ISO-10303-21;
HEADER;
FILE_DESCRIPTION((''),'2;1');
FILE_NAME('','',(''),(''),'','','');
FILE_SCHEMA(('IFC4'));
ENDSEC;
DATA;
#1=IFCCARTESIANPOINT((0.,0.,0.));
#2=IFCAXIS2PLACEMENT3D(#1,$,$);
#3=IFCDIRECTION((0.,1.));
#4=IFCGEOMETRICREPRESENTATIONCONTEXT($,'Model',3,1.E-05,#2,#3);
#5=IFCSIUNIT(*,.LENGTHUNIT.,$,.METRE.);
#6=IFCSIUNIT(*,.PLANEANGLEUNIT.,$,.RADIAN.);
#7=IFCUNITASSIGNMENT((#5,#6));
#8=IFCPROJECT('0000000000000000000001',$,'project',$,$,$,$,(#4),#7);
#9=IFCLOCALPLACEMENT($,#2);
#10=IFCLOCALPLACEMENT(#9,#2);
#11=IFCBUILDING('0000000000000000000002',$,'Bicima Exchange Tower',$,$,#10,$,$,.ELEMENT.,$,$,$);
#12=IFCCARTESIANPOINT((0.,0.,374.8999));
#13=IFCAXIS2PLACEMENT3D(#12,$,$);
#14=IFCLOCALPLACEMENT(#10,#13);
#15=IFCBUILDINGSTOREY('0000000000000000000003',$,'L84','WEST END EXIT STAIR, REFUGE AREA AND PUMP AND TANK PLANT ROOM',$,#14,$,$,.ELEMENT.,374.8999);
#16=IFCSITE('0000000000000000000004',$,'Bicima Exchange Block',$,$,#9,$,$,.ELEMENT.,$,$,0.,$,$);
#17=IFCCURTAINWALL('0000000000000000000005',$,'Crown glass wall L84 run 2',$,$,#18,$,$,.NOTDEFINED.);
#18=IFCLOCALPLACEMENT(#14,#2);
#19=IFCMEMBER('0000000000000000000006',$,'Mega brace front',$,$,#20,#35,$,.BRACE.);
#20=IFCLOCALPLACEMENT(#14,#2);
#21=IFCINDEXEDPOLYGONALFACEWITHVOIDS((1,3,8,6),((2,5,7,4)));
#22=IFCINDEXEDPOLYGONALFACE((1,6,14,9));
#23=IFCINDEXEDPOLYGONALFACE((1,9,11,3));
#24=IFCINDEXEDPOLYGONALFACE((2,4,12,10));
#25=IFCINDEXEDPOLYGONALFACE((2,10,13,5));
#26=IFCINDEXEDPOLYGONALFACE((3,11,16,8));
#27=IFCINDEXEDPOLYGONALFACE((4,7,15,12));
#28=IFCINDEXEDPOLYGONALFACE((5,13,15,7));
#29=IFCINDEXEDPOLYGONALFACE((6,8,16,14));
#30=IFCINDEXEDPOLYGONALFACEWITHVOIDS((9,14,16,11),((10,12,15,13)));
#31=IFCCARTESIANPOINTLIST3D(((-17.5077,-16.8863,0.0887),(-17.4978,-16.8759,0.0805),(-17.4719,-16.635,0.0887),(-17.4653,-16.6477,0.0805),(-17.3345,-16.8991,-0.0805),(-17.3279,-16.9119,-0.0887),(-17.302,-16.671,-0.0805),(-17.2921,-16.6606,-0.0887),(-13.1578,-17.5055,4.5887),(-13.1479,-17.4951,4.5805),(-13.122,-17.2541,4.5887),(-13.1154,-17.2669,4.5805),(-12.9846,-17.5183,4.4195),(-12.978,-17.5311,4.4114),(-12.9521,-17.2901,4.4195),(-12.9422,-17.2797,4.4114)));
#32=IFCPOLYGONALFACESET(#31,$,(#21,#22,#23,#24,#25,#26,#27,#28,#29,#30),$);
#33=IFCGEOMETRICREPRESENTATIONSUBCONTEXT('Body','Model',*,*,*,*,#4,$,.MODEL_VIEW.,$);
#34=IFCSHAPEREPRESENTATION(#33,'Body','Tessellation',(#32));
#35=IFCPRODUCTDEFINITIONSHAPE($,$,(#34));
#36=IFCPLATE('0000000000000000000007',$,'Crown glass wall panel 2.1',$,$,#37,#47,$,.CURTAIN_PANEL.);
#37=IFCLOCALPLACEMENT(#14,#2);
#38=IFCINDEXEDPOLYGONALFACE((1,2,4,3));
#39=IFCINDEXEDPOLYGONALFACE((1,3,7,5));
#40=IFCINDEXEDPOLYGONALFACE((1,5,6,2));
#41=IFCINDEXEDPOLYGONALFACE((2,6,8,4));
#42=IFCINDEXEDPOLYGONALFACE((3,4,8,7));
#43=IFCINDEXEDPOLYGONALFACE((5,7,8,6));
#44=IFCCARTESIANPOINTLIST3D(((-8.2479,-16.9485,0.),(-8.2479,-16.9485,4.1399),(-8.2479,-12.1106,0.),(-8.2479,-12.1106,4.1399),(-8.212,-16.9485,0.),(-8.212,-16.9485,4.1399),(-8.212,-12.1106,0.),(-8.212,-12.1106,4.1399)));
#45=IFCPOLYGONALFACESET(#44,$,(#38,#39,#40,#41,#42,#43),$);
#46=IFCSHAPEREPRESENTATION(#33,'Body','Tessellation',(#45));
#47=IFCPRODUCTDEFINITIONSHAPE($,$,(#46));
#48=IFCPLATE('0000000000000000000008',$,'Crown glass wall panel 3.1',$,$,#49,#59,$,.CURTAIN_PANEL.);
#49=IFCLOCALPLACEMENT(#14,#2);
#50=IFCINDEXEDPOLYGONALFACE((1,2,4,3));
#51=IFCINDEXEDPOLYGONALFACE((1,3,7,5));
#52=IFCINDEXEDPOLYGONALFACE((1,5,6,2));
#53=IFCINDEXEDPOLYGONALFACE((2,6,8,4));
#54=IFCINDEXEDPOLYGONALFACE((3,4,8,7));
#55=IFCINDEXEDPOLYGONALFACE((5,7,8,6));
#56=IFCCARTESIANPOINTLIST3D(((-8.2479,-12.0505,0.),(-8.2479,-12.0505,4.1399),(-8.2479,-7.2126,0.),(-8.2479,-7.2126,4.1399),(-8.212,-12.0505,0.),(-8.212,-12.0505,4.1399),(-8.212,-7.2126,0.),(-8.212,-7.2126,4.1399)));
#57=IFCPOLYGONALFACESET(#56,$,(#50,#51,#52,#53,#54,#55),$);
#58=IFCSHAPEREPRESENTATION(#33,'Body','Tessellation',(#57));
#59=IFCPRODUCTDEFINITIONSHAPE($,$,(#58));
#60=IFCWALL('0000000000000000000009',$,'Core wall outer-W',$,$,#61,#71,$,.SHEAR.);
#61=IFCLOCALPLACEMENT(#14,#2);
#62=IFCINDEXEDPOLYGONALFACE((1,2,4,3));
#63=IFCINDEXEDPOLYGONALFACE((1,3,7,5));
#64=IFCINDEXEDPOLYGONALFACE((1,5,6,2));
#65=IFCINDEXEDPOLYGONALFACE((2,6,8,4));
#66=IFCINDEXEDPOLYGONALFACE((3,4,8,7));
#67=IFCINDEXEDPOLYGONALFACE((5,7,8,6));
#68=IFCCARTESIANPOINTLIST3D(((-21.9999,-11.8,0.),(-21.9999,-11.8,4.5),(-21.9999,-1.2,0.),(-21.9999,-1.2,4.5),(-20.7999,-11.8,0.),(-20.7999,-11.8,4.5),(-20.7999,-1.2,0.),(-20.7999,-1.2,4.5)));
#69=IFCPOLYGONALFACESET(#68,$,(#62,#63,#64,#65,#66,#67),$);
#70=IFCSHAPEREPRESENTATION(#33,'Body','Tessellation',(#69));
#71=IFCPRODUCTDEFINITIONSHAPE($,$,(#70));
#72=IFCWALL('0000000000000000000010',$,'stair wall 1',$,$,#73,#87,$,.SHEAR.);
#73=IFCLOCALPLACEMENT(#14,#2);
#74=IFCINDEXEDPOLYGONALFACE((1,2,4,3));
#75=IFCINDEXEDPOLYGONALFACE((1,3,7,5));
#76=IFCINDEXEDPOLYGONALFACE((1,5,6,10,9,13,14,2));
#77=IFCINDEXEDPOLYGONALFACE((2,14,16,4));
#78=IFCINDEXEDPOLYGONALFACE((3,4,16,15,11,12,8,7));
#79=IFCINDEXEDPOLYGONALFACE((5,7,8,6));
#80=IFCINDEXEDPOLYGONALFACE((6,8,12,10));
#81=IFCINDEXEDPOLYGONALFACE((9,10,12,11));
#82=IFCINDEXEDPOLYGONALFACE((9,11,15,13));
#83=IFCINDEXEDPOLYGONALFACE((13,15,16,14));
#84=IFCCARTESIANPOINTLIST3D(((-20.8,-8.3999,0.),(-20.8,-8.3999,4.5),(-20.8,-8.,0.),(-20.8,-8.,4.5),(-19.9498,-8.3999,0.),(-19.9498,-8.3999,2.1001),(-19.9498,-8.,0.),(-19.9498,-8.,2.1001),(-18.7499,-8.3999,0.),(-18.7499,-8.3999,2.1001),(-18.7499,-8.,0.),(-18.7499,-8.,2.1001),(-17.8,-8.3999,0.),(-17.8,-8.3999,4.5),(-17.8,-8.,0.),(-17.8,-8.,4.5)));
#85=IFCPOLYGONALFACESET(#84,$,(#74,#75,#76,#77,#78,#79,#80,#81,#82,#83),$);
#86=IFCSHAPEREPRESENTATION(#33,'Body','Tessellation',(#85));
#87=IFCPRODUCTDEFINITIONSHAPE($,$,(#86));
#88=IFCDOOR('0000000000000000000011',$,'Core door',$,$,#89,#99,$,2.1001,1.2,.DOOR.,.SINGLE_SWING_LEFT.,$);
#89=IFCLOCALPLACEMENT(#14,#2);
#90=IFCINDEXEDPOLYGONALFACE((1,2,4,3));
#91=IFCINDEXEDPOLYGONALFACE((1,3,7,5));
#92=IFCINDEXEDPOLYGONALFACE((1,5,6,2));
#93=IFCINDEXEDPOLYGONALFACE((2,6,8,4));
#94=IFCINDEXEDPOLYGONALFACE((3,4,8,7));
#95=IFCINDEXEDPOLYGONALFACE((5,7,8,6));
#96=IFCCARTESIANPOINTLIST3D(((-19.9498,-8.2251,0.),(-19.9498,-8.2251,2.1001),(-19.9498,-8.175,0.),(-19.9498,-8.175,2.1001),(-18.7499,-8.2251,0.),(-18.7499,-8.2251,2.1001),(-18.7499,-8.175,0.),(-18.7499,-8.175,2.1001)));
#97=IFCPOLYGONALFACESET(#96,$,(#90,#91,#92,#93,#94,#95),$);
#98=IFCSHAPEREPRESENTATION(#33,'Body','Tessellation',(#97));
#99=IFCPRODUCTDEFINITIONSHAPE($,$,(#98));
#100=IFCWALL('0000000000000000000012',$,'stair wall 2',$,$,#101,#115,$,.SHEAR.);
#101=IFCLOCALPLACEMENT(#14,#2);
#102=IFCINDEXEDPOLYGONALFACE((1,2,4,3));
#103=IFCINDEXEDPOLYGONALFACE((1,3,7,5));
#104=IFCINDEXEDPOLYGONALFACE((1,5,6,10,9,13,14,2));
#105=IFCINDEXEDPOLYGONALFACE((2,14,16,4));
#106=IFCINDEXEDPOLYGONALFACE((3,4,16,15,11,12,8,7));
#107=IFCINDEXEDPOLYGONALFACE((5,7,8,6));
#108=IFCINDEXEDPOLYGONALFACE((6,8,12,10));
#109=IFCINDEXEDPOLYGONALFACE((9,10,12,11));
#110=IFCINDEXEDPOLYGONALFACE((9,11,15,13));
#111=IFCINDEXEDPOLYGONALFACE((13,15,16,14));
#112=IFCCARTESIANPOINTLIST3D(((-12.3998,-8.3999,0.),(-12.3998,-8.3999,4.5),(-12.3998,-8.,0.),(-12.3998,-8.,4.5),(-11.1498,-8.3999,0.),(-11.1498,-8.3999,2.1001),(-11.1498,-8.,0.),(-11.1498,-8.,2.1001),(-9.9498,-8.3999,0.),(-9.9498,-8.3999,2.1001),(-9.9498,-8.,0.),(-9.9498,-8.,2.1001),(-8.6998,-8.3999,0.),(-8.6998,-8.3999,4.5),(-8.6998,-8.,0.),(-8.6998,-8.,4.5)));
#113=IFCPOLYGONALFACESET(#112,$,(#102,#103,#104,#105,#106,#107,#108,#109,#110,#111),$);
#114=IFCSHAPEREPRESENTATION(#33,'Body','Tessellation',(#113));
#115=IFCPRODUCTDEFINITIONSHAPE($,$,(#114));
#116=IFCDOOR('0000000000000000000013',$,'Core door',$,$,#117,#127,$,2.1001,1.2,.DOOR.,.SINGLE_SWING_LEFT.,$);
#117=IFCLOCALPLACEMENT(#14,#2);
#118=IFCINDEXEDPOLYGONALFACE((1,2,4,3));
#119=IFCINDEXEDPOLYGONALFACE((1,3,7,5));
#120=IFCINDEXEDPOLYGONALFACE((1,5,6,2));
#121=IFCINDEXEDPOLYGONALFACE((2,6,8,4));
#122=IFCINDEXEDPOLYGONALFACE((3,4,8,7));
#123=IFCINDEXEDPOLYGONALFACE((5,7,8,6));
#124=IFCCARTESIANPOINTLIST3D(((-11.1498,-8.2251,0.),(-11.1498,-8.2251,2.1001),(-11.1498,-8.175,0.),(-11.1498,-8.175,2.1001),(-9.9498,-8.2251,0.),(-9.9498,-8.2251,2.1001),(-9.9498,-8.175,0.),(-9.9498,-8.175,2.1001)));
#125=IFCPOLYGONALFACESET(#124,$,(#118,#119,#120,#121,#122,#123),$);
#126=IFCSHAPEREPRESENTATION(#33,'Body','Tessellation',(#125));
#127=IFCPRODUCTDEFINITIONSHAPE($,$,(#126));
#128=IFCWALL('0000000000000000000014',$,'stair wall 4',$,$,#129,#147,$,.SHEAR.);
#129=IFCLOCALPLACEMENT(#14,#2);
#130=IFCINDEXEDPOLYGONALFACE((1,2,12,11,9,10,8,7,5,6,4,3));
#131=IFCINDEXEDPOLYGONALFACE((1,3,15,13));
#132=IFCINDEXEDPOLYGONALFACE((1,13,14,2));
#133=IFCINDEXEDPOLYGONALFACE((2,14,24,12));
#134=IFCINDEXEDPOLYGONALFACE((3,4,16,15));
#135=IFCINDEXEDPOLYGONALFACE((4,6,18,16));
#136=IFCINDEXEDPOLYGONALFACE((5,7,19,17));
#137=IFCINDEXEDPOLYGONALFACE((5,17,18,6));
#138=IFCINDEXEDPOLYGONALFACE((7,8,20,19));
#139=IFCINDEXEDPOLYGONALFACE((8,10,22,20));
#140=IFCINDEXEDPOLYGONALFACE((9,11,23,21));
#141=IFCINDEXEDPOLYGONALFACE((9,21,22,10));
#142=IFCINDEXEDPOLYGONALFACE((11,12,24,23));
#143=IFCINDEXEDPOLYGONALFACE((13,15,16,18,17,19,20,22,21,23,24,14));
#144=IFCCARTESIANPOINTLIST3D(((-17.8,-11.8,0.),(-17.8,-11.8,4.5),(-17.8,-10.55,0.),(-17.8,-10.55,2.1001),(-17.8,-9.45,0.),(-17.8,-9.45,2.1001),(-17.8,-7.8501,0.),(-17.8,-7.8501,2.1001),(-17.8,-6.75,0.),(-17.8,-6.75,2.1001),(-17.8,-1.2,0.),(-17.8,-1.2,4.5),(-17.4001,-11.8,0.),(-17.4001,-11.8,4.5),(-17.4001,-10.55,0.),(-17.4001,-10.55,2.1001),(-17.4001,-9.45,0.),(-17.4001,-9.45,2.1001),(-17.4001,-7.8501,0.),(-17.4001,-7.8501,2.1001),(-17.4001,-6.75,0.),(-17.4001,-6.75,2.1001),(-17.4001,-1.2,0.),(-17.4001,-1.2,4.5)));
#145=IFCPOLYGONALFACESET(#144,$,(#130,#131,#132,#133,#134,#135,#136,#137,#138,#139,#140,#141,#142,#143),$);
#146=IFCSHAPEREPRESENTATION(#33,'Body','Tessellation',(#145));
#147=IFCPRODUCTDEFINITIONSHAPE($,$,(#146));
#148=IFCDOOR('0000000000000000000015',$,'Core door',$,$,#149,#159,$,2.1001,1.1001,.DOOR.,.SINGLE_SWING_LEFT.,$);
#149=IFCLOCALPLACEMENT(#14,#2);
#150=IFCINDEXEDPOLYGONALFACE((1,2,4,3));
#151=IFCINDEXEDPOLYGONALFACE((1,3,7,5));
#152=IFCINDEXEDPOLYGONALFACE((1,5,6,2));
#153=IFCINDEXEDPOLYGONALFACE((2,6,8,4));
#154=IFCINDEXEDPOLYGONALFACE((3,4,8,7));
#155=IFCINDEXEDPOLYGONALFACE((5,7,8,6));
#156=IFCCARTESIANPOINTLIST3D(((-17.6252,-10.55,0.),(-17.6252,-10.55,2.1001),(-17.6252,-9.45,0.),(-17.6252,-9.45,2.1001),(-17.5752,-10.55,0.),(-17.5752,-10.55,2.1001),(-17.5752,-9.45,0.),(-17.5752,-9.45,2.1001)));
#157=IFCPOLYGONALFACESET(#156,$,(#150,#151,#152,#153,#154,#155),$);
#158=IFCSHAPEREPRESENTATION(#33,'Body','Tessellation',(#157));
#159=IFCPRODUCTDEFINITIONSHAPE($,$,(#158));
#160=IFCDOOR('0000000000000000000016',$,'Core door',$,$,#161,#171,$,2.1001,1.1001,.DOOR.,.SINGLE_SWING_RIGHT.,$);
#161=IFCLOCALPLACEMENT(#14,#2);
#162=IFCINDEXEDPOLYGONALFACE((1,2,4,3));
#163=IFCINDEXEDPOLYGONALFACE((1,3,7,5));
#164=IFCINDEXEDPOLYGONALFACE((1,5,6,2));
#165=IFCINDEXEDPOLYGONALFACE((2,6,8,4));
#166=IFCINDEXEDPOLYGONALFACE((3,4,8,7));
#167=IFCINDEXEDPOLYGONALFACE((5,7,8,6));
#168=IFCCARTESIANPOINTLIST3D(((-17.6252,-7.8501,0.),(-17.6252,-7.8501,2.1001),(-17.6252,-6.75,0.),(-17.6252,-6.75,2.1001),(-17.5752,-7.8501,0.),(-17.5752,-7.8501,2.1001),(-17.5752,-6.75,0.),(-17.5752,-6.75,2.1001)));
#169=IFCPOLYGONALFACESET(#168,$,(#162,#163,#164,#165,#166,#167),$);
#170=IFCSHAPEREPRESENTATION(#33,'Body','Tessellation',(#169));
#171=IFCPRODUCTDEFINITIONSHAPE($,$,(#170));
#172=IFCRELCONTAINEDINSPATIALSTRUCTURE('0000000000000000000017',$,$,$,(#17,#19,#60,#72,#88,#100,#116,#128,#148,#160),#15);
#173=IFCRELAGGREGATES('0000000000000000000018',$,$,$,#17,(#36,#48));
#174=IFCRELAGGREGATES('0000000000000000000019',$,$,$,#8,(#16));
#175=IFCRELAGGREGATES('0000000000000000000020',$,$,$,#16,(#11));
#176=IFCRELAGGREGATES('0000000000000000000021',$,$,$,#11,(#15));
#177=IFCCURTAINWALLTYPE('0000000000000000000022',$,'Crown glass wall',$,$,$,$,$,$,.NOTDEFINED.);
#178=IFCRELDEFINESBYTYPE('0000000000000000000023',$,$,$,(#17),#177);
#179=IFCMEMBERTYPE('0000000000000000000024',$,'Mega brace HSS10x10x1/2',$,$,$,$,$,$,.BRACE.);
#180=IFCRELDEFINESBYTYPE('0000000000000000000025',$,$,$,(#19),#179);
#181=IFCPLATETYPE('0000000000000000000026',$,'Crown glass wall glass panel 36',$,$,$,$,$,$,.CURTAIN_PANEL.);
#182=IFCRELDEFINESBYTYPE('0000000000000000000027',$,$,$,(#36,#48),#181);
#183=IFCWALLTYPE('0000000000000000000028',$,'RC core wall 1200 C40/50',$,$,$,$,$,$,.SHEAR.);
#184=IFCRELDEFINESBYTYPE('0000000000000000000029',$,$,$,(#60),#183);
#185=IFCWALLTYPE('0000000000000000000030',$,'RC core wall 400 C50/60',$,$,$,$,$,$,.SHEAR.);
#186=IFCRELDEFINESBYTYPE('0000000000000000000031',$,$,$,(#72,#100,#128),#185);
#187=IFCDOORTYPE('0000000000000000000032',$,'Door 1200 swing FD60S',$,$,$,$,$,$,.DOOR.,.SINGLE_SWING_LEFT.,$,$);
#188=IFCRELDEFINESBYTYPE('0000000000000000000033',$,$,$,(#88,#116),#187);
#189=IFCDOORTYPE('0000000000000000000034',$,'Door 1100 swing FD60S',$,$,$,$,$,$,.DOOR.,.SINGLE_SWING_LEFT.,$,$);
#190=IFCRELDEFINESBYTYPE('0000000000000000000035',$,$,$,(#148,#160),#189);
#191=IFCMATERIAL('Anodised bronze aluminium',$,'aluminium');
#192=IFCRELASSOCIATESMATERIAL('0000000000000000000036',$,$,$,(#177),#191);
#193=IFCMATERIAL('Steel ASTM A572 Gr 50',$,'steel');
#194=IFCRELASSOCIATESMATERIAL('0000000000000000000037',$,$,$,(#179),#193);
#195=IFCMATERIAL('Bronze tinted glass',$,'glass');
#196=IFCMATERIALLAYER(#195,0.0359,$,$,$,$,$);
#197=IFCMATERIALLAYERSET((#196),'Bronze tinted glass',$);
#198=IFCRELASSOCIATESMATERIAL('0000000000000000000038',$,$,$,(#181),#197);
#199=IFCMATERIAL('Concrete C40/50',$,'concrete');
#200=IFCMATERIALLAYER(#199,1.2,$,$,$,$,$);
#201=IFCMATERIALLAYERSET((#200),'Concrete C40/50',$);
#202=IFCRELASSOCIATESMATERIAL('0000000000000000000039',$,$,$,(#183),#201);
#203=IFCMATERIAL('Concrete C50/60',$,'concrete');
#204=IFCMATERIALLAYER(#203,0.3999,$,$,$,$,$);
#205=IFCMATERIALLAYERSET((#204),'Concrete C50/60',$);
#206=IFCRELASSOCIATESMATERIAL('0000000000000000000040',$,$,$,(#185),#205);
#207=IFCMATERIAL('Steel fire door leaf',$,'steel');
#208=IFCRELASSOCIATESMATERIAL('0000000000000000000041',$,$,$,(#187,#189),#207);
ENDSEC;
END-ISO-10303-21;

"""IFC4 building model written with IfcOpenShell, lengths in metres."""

from ifc_helpers import new_model, si_unit, direction, frame, frame_2d, origin, origin_2d, place, context, subcontext, project, spatial, rectangle, hollow_rectangle, extrude, material, layer, layer_set, material_profile, profile_set, type_object, element, fill, aggregate, save


model = new_model("IFC4")

# Units and contexts
model_context = context("Model", 3, precision=1e-05, world=origin(), true_north=direction((0.0, 1.0)))
body_context = subcontext(model_context, "Body", "Model", "MODEL_VIEW")
ifc_project = project(units=[si_unit("LENGTHUNIT", "METRE"), si_unit("PLANEANGLEUNIT", "RADIAN")], contexts=[model_context])

# Site, building, storey
site_placement = place(None, origin())
site = spatial("IfcSite", under=ifc_project, at=site_placement, Name="Bicima Exchange Block", CompositionType="ELEMENT", RefElevation=0.0)
building_placement = place(site_placement, origin())
building = spatial("IfcBuilding", under=site, at=building_placement, Name="Bicima Exchange Tower", CompositionType="ELEMENT")
storey_placement = place(building_placement, frame((0.0, 0.0, 374.8999)))
storey = spatial("IfcBuildingStorey", under=building, at=storey_placement, Name="L84", Description="WEST END EXIT STAIR, REFUGE AREA AND PUMP AND TANK PLANT ROOM", CompositionType="ELEMENT", Elevation=374.8999)

# Curtain wall
ifc_material_1 = material(Name="Anodised bronze aluminium", Category="aluminium")
curtain_wall_type = type_object("IfcCurtainWallType", Name="Crown glass wall", PredefinedType="NOTDEFINED", material=ifc_material_1)
curtain_wall_placement = place(storey_placement, origin())
curtain_wall = element("IfcCurtainWall", 1, at=curtain_wall_placement, inside=storey, type_object=curtain_wall_type, Name="Crown glass wall L84 run 2", PredefinedType="NOTDEFINED")

# Member
ifc_material_2 = material(Name="Steel ASTM A572 Gr 50", Category="steel")
ifc_material_profile_1 = material_profile(ifc_material_2, hollow_rectangle(XDim=0.2539, YDim=0.2539, WallThickness=0.0117, at=origin_2d()))
ifc_profile_set_1 = profile_set([ifc_material_profile_1], Name="Steel ASTM A572 Gr 50")
member_type_1 = type_object("IfcMemberType", Name="Mega brace HSS10x10x1/2", PredefinedType="BRACE", material=ifc_profile_set_1)
member_1_placement = place(storey_placement, frame((-17.3999, -16.7734, 0.0), z_axis=(0.691634, -0.098444, 0.715508), x_axis=(0.140916, 0.990022, 0.0)))
element("IfcMember", 2, at=member_1_placement, inside=storey, type_object=member_type_1, Name="Mega brace front", PredefinedType="BRACE", context=body_context, shape_type="SweptSolid", body=[
    extrude(hollow_rectangle(XDim=0.2539, YDim=0.2539, WallThickness=0.0117, at=origin_2d()), origin(), (0.0, 0.0, 1.0), 6.2893),
])

# Plates
ifc_material_3 = material(Name="Bronze tinted glass", Category="glass")
ifc_layer_1 = layer(ifc_material_3, 0.0359)
ifc_layer_set_1 = layer_set([ifc_layer_1], Name="Bronze tinted glass")
plate_type = type_object("IfcPlateType", Name="Crown glass wall glass panel 36", PredefinedType="CURTAIN_PANEL", material=ifc_layer_set_1)
plate_1_placement = place(storey_placement, frame((-8.23, -14.5295, 0.0), z_axis=(0.0, 0.0, 1.0), x_axis=(0.0, 1.0, 0.0)))
plate_1 = element("IfcPlate", 3, at=plate_1_placement, type_object=plate_type, Name="Crown glass wall panel 2.1", PredefinedType="CURTAIN_PANEL", context=body_context, shape_type="SweptSolid", body=[
    extrude(rectangle(XDim=4.8379, YDim=0.0359, at=origin_2d()), origin(), (0.0, 0.0, 1.0), 4.1399),
])
plate_2_placement = place(storey_placement, frame((-8.23, -9.6316, 0.0), z_axis=(0.0, 0.0, 1.0), x_axis=(0.0, 1.0, 0.0)))
plate_2 = element("IfcPlate", 4, at=plate_2_placement, type_object=plate_type, Name="Crown glass wall panel 3.1", PredefinedType="CURTAIN_PANEL", context=body_context, shape_type="SweptSolid", body=[
    extrude(rectangle(XDim=4.8379, YDim=0.0359, at=origin_2d()), origin(), (0.0, 0.0, 1.0), 4.1399),
])
aggregate(curtain_wall, [plate_1, plate_2])

# Wall
ifc_material_4 = material(Name="Concrete C40/50", Category="concrete")
ifc_layer_2 = layer(ifc_material_4, 1.2)
ifc_layer_set_2 = layer_set([ifc_layer_2], Name="Concrete C40/50")
wall_type_1 = type_object("IfcWallType", Name="RC core wall 1200 C40/50", PredefinedType="SHEAR", material=ifc_layer_set_2)
wall_1_placement = place(storey_placement, frame((-21.3999, -11.8, 0.0), z_axis=(0.0, 0.0, 1.0), x_axis=(0.0, 1.0, 0.0)))
element("IfcWall", 5, at=wall_1_placement, inside=storey, type_object=wall_type_1, Name="Core wall outer-W", PredefinedType="SHEAR", context=body_context, shape_type="SweptSolid", body=[
    extrude(rectangle(XDim=10.6001, YDim=1.2, at=frame_2d((5.3, 0.0))), origin(), (0.0, 0.0, 1.0), 4.5),
])

# Walls, openings, doors
ifc_material_5 = material(Name="Concrete C50/60", Category="concrete")
ifc_layer_3 = layer(ifc_material_5, 0.3999)
ifc_layer_set_3 = layer_set([ifc_layer_3], Name="Concrete C50/60")
wall_type_2 = type_object("IfcWallType", Name="RC core wall 400 C50/60", PredefinedType="SHEAR", material=ifc_layer_set_3)
wall_2_placement = place(storey_placement, frame((-20.8, -8.2, 0.0), z_axis=(0.0, 0.0, 1.0), x_axis=(1.0, 0.0, 0.0)))
wall_2 = element("IfcWall", 6, at=wall_2_placement, inside=storey, type_object=wall_type_2, Name="stair wall 1", PredefinedType="SHEAR", context=body_context, shape_type="SweptSolid", body=[
    extrude(rectangle(XDim=3.0, YDim=0.3999, at=frame_2d((1.5, 0.0))), origin(), (0.0, 0.0, 1.0), 4.5),
])
opening_1_placement = place(wall_2_placement, frame((0.8501, 0.0, 0.0)))
opening_1 = element("IfcOpeningElement", 7, at=opening_1_placement, cuts=wall_2, PredefinedType="OPENING", context=body_context, shape_type="SweptSolid", body=[
    extrude(rectangle(XDim=1.2, YDim=2.1001, at=frame_2d((0.6001, 1.05))), frame((0.0, 0.2119, 0.0), z_axis=(0.0, -1.0, 0.0), x_axis=(1.0, 0.0, 0.0)), (0.0, 0.0, 1.0), 0.4238),
])
ifc_material_6 = material(Name="Steel fire door leaf", Category="steel")
door_type_1 = type_object("IfcDoorType", Name="Door 1200 swing FD60S", OperationType="SINGLE_SWING_LEFT", PredefinedType="DOOR", material=ifc_material_6)
door_1_placement = place(opening_1_placement, origin())
door_1 = element("IfcDoor", 8, at=door_1_placement, inside=storey, type_object=door_type_1, Name="Core door", OperationType="SINGLE_SWING_LEFT", OverallHeight=2.1001, OverallWidth=1.2, PredefinedType="DOOR", context=body_context, shape_type="SweptSolid", body=[
    extrude(rectangle(XDim=1.2, YDim=2.1001, at=frame_2d((0.6001, 1.05))), frame((0.0, 0.0249, 0.0), z_axis=(0.0, -1.0, 0.0), x_axis=(1.0, 0.0, 0.0)), (0.0, 0.0, 1.0), 0.05),
])
fill(opening_1, door_1)
wall_3_placement = place(storey_placement, frame((-12.3999, -8.2, 0.0), z_axis=(0.0, 0.0, 1.0), x_axis=(1.0, 0.0, 0.0)))
wall_3 = element("IfcWall", 9, at=wall_3_placement, inside=storey, type_object=wall_type_2, Name="stair wall 2", PredefinedType="SHEAR", context=body_context, shape_type="SweptSolid", body=[
    extrude(rectangle(XDim=3.7, YDim=0.3999, at=frame_2d((1.8501, 0.0))), origin(), (0.0, 0.0, 1.0), 4.5),
])
opening_2_placement = place(wall_3_placement, frame((1.25, 0.0, 0.0)))
opening_2 = element("IfcOpeningElement", 10, at=opening_2_placement, cuts=wall_3, PredefinedType="OPENING", context=body_context, shape_type="SweptSolid", body=[
    extrude(rectangle(XDim=1.2, YDim=2.1001, at=frame_2d((0.6001, 1.05))), frame((0.0, 0.2119, 0.0), z_axis=(0.0, -1.0, 0.0), x_axis=(1.0, 0.0, 0.0)), (0.0, 0.0, 1.0), 0.4238),
])
door_2_placement = place(opening_2_placement, origin())
door_2 = element("IfcDoor", 11, at=door_2_placement, inside=storey, type_object=door_type_1, Name="Core door", OperationType="SINGLE_SWING_LEFT", OverallHeight=2.1001, OverallWidth=1.2, PredefinedType="DOOR", context=body_context, shape_type="SweptSolid", body=[
    extrude(rectangle(XDim=1.2, YDim=2.1001, at=frame_2d((0.6001, 1.05))), frame((0.0, 0.0249, 0.0), z_axis=(0.0, -1.0, 0.0), x_axis=(1.0, 0.0, 0.0)), (0.0, 0.0, 1.0), 0.05),
])
fill(opening_2, door_2)

# Wall, openings, doors
wall_4_placement = place(storey_placement, frame((-17.6001, -11.8, 0.0), z_axis=(0.0, 0.0, 1.0), x_axis=(0.0, 1.0, 0.0)))
wall_4 = element("IfcWall", 12, at=wall_4_placement, inside=storey, type_object=wall_type_2, Name="stair wall 4", PredefinedType="SHEAR", context=body_context, shape_type="SweptSolid", body=[
    extrude(rectangle(XDim=10.6001, YDim=0.3999, at=frame_2d((5.3, 0.0))), origin(), (0.0, 0.0, 1.0), 4.5),
])
opening_3_placement = place(wall_4_placement, frame((1.25, 0.0, 0.0)))
opening_3 = element("IfcOpeningElement", 13, at=opening_3_placement, cuts=wall_4, PredefinedType="OPENING", context=body_context, shape_type="SweptSolid", body=[
    extrude(rectangle(XDim=1.1001, YDim=2.1001, at=frame_2d((0.55, 1.05))), frame((0.0, 0.2119, 0.0), z_axis=(0.0, -1.0, 0.0), x_axis=(1.0, 0.0, 0.0)), (0.0, 0.0, 1.0), 0.4238),
])
opening_4_placement = place(wall_4_placement, frame((3.95, 0.0, 0.0)))
opening_4 = element("IfcOpeningElement", 14, at=opening_4_placement, cuts=wall_4, PredefinedType="OPENING", context=body_context, shape_type="SweptSolid", body=[
    extrude(rectangle(XDim=1.1001, YDim=2.1001, at=frame_2d((0.55, 1.05))), frame((0.0, 0.2119, 0.0), z_axis=(0.0, -1.0, 0.0), x_axis=(1.0, 0.0, 0.0)), (0.0, 0.0, 1.0), 0.4238),
])
door_type_2 = type_object("IfcDoorType", Name="Door 1100 swing FD60S", OperationType="SINGLE_SWING_LEFT", PredefinedType="DOOR", material=ifc_material_6)
door_3_placement = place(opening_3_placement, frame((1.1001, 0.0, 0.0), z_axis=(0.0, 0.0, 1.0), x_axis=(-1.0, 0.0, 0.0)))
door_3 = element("IfcDoor", 15, at=door_3_placement, inside=storey, type_object=door_type_2, Name="Core door", OperationType="SINGLE_SWING_LEFT", OverallHeight=2.1001, OverallWidth=1.1001, PredefinedType="DOOR", context=body_context, shape_type="SweptSolid", body=[
    extrude(rectangle(XDim=1.1001, YDim=2.1001, at=frame_2d((0.55, 1.05))), frame((0.0, 0.0249, 0.0), z_axis=(0.0, -1.0, 0.0), x_axis=(1.0, 0.0, 0.0)), (0.0, 0.0, 1.0), 0.05),
])
fill(opening_3, door_3)
door_4_placement = place(opening_4_placement, frame((1.1001, 0.0, 0.0), z_axis=(0.0, 0.0, 1.0), x_axis=(-1.0, 0.0, 0.0)))
door_4 = element("IfcDoor", 16, at=door_4_placement, inside=storey, type_object=door_type_2, Name="Core door", OperationType="SINGLE_SWING_RIGHT", OverallHeight=2.1001, OverallWidth=1.1001, PredefinedType="DOOR", context=body_context, shape_type="SweptSolid", body=[
    extrude(rectangle(XDim=1.1001, YDim=2.1001, at=frame_2d((0.55, 1.05))), frame((0.0, 0.0249, 0.0), z_axis=(0.0, -1.0, 0.0), x_axis=(1.0, 0.0, 0.0)), (0.0, 0.0, 1.0), 0.05),
])
fill(opening_4, door_4)

save(model, "model.ifc")
